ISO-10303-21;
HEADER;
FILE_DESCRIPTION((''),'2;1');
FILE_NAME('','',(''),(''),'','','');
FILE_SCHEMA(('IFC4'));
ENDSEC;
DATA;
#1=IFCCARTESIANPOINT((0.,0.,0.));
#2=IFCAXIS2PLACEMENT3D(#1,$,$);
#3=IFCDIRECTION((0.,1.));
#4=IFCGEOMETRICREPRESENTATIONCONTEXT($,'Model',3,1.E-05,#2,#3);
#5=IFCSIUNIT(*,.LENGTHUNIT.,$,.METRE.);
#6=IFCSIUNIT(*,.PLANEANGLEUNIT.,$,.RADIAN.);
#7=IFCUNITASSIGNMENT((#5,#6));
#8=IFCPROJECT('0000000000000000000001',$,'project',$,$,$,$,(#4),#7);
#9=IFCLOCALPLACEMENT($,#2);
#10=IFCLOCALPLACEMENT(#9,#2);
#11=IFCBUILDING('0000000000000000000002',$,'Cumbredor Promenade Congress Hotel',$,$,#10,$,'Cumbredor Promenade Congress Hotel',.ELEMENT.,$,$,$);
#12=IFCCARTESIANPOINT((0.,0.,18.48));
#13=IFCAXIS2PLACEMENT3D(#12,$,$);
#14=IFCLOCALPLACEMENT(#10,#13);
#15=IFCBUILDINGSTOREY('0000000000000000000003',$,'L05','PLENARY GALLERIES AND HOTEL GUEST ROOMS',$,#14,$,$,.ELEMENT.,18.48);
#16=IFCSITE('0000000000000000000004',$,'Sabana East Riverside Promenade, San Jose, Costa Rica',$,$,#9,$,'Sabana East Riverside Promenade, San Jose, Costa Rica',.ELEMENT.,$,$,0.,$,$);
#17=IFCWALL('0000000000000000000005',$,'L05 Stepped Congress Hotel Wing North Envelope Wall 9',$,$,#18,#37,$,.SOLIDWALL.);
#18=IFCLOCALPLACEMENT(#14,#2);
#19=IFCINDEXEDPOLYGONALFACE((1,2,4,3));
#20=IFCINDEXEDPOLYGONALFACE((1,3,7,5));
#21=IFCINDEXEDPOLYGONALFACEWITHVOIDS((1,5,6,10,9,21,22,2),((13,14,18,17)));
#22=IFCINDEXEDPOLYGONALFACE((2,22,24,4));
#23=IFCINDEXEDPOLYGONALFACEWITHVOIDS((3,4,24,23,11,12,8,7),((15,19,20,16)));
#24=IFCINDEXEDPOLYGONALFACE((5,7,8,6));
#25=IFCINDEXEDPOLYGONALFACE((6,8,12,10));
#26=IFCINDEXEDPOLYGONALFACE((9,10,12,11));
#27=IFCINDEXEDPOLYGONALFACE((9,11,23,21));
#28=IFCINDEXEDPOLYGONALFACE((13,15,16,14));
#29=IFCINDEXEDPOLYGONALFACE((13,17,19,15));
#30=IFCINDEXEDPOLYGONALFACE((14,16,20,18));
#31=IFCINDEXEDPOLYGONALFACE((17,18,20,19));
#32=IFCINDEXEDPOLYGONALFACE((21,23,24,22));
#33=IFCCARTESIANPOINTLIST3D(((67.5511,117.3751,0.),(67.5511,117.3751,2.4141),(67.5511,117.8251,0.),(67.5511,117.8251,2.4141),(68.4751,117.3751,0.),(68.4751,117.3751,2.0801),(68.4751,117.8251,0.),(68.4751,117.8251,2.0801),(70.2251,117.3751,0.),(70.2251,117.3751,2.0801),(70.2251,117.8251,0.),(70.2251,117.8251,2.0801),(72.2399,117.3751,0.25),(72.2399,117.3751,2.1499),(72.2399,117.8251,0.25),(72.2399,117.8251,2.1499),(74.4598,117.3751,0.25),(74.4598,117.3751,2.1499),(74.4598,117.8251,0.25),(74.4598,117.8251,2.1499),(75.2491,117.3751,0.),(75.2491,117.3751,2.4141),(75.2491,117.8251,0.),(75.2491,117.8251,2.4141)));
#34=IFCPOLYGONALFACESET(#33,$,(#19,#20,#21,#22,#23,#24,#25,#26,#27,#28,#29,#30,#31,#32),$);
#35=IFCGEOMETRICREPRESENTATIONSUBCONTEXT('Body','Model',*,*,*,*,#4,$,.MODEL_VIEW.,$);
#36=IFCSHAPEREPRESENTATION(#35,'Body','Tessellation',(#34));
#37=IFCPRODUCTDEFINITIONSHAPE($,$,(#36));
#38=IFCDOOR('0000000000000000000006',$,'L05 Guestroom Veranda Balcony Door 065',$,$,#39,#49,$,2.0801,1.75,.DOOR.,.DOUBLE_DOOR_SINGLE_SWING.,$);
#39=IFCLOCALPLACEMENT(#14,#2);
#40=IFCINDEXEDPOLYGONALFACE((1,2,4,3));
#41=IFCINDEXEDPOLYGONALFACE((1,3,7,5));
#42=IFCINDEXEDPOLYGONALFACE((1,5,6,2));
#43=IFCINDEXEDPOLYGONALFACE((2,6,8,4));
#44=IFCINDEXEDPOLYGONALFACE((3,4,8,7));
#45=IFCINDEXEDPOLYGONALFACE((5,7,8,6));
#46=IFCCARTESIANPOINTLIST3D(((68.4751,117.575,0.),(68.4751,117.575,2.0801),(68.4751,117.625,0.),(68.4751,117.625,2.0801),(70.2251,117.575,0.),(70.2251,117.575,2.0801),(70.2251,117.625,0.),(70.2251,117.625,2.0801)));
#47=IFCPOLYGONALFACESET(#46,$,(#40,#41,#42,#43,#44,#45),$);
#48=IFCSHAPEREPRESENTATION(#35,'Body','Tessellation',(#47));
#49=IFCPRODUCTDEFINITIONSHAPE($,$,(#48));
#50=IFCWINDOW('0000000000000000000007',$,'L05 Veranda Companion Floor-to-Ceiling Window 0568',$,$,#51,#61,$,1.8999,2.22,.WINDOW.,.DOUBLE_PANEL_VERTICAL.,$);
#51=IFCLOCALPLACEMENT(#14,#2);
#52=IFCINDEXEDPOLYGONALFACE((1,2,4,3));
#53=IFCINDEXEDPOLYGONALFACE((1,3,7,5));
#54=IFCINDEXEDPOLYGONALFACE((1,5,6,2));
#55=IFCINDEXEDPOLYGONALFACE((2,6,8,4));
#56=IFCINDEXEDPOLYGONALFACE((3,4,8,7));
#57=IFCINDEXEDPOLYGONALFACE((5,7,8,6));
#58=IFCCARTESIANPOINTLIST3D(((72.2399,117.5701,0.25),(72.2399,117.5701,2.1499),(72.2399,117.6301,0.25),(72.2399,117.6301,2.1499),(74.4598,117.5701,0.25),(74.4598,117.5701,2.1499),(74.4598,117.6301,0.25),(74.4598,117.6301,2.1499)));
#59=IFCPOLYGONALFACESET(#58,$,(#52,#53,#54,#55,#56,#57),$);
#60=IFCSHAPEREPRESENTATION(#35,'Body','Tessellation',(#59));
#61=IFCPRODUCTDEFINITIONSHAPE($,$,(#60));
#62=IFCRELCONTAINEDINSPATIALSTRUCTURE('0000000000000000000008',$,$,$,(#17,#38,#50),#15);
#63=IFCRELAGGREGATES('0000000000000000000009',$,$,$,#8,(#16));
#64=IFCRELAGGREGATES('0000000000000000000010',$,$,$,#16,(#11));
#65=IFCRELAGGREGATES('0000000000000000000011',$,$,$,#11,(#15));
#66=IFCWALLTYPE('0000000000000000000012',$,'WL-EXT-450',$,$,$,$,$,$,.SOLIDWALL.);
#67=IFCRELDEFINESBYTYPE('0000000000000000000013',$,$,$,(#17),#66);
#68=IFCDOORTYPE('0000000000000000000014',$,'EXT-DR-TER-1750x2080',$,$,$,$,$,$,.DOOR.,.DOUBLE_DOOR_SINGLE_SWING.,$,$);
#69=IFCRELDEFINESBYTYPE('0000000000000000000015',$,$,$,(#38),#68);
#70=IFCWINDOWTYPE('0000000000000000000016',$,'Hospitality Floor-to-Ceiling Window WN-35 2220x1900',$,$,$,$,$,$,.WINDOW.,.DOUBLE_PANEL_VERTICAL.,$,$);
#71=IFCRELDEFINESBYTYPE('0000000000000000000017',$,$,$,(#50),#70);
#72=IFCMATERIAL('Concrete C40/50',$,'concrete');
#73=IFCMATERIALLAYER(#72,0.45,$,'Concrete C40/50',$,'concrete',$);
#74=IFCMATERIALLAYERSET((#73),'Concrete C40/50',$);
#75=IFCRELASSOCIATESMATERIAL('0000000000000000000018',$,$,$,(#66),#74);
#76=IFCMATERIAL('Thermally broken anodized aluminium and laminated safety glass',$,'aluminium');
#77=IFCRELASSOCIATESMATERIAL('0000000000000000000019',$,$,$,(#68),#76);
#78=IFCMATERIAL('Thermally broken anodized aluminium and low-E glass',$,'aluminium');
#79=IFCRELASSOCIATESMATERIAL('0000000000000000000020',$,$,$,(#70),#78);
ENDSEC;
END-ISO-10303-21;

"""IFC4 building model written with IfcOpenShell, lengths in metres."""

from ifc_helpers import new_model, si_unit, direction, frame, frame_2d, origin, place, context, subcontext, project, spatial, rectangle, extrude, material, layer, layer_set, type_object, element, fill, save


model = new_model("IFC4")

# Units and contexts
model_context = context("Model", 3, precision=1e-05, world=origin(), true_north=direction((0.0, 1.0)))
body_context = subcontext(model_context, "Body", "Model", "MODEL_VIEW")
ifc_project = project(units=[si_unit("LENGTHUNIT", "METRE"), si_unit("PLANEANGLEUNIT", "RADIAN")], contexts=[model_context])

# Site, building, storey
site_placement = place(None, origin())
site = spatial("IfcSite", under=ifc_project, at=site_placement, Name="Sabana East Riverside Promenade, San Jose, Costa Rica", LongName="Sabana East Riverside Promenade, San Jose, Costa Rica", CompositionType="ELEMENT", RefElevation=0.0)
building_placement = place(site_placement, origin())
building = spatial("IfcBuilding", under=site, at=building_placement, Name="Cumbredor Promenade Congress Hotel", LongName="Cumbredor Promenade Congress Hotel", CompositionType="ELEMENT")
storey_placement = place(building_placement, frame((0.0, 0.0, 18.48)))
storey = spatial("IfcBuildingStorey", under=building, at=storey_placement, Name="L05", Description="PLENARY GALLERIES AND HOTEL GUEST ROOMS", CompositionType="ELEMENT", Elevation=18.48)

# Shared definitions
ifc_material_1 = material(Name="Concrete C40/50", Category="concrete")

# Shared definitions
ifc_material_2 = material(Name="Thermally broken anodized aluminium and low-E glass", Category="aluminium")

# Wall, openings, door, window
ifc_layer_1 = layer(ifc_material_1, 0.45, Name="Concrete C40/50", Category="concrete")
ifc_layer_set_1 = layer_set([ifc_layer_1], Name="Concrete C40/50")
wall_type_1 = type_object("IfcWallType", Name="WL-EXT-450", PredefinedType="SOLIDWALL", material=ifc_layer_set_1)
wall_1_placement = place(storey_placement, frame((67.551, 117.6001, 0.0), z_axis=(0.0, 0.0, 1.0), x_axis=(1.0, 0.0, 0.0)))
wall_1 = element("IfcWall", 1, at=wall_1_placement, inside=storey, type_object=wall_type_1, Name="L05 Stepped Congress Hotel Wing North Envelope Wall 9", PredefinedType="SOLIDWALL", context=body_context, shape_type="SweptSolid", body=[
    extrude(rectangle(XDim=7.698, YDim=0.45, at=frame_2d((3.8491, 0.0))), origin(), (0.0, 0.0, 1.0), 2.4141),
])
opening_1_placement = place(wall_1_placement, frame((0.9241, 0.0, 0.0)))
opening_1 = element("IfcOpeningElement", 2, at=opening_1_placement, cuts=wall_1, PredefinedType="OPENING", context=body_context, shape_type="SweptSolid", body=[
    extrude(rectangle(XDim=1.75, YDim=2.0801, at=frame_2d((0.875, 1.04))), frame((0.0, 0.2349, 0.0), z_axis=(0.0, -1.0, 0.0), x_axis=(1.0, 0.0, 0.0)), (0.0, 0.0, 1.0), 0.47),
])
opening_2_placement = place(wall_1_placement, frame((4.689, 0.0, 0.25)))
opening_2 = element("IfcOpeningElement", 3, at=opening_2_placement, cuts=wall_1, PredefinedType="OPENING", context=body_context, shape_type="SweptSolid", body=[
    extrude(rectangle(XDim=2.22, YDim=1.8999, at=frame_2d((1.1099, 0.95))), frame((0.0, 0.2349, 0.0), z_axis=(0.0, -1.0, 0.0), x_axis=(1.0, 0.0, 0.0)), (0.0, 0.0, 1.0), 0.47),
])
ifc_material_3 = material(Name="Thermally broken anodized aluminium and laminated safety glass", Category="aluminium")
door_type_1 = type_object("IfcDoorType", Name="EXT-DR-TER-1750x2080", OperationType="DOUBLE_DOOR_SINGLE_SWING", PredefinedType="DOOR", material=ifc_material_3)
door_1_placement = place(opening_1_placement, origin())
door_1 = element("IfcDoor", 4, at=door_1_placement, inside=storey, type_object=door_type_1, Name="L05 Guestroom Veranda Balcony Door 065", OperationType="DOUBLE_DOOR_SINGLE_SWING", OverallHeight=2.0801, OverallWidth=1.75, PredefinedType="DOOR", context=body_context, shape_type="SweptSolid", body=[
    extrude(rectangle(XDim=1.75, YDim=2.0801, at=frame_2d((0.875, 1.04))), frame((0.0, 0.0249, 0.0), z_axis=(0.0, -1.0, 0.0), x_axis=(1.0, 0.0, 0.0)), (0.0, 0.0, 1.0), 0.05),
])
fill(opening_1, door_1)
window_type_1 = type_object("IfcWindowType", Name="Hospitality Floor-to-Ceiling Window WN-35 2220x1900", PartitioningType="DOUBLE_PANEL_VERTICAL", PredefinedType="WINDOW", material=ifc_material_2)
window_1_placement = place(opening_2_placement, origin())
window_1 = element("IfcWindow", 5, at=window_1_placement, inside=storey, type_object=window_type_1, Name="L05 Veranda Companion Floor-to-Ceiling Window 0568", OverallHeight=1.8999, OverallWidth=2.22, PartitioningType="DOUBLE_PANEL_VERTICAL", PredefinedType="WINDOW", context=body_context, shape_type="SweptSolid", body=[
    extrude(rectangle(XDim=2.22, YDim=1.8999, at=frame_2d((1.1099, 0.95))), frame((0.0, 0.03, 0.0), z_axis=(0.0, -1.0, 0.0), x_axis=(1.0, 0.0, 0.0)), (0.0, 0.0, 1.0), 0.0601),
])
fill(opening_2, window_1)

save(model, "model.ifc")
